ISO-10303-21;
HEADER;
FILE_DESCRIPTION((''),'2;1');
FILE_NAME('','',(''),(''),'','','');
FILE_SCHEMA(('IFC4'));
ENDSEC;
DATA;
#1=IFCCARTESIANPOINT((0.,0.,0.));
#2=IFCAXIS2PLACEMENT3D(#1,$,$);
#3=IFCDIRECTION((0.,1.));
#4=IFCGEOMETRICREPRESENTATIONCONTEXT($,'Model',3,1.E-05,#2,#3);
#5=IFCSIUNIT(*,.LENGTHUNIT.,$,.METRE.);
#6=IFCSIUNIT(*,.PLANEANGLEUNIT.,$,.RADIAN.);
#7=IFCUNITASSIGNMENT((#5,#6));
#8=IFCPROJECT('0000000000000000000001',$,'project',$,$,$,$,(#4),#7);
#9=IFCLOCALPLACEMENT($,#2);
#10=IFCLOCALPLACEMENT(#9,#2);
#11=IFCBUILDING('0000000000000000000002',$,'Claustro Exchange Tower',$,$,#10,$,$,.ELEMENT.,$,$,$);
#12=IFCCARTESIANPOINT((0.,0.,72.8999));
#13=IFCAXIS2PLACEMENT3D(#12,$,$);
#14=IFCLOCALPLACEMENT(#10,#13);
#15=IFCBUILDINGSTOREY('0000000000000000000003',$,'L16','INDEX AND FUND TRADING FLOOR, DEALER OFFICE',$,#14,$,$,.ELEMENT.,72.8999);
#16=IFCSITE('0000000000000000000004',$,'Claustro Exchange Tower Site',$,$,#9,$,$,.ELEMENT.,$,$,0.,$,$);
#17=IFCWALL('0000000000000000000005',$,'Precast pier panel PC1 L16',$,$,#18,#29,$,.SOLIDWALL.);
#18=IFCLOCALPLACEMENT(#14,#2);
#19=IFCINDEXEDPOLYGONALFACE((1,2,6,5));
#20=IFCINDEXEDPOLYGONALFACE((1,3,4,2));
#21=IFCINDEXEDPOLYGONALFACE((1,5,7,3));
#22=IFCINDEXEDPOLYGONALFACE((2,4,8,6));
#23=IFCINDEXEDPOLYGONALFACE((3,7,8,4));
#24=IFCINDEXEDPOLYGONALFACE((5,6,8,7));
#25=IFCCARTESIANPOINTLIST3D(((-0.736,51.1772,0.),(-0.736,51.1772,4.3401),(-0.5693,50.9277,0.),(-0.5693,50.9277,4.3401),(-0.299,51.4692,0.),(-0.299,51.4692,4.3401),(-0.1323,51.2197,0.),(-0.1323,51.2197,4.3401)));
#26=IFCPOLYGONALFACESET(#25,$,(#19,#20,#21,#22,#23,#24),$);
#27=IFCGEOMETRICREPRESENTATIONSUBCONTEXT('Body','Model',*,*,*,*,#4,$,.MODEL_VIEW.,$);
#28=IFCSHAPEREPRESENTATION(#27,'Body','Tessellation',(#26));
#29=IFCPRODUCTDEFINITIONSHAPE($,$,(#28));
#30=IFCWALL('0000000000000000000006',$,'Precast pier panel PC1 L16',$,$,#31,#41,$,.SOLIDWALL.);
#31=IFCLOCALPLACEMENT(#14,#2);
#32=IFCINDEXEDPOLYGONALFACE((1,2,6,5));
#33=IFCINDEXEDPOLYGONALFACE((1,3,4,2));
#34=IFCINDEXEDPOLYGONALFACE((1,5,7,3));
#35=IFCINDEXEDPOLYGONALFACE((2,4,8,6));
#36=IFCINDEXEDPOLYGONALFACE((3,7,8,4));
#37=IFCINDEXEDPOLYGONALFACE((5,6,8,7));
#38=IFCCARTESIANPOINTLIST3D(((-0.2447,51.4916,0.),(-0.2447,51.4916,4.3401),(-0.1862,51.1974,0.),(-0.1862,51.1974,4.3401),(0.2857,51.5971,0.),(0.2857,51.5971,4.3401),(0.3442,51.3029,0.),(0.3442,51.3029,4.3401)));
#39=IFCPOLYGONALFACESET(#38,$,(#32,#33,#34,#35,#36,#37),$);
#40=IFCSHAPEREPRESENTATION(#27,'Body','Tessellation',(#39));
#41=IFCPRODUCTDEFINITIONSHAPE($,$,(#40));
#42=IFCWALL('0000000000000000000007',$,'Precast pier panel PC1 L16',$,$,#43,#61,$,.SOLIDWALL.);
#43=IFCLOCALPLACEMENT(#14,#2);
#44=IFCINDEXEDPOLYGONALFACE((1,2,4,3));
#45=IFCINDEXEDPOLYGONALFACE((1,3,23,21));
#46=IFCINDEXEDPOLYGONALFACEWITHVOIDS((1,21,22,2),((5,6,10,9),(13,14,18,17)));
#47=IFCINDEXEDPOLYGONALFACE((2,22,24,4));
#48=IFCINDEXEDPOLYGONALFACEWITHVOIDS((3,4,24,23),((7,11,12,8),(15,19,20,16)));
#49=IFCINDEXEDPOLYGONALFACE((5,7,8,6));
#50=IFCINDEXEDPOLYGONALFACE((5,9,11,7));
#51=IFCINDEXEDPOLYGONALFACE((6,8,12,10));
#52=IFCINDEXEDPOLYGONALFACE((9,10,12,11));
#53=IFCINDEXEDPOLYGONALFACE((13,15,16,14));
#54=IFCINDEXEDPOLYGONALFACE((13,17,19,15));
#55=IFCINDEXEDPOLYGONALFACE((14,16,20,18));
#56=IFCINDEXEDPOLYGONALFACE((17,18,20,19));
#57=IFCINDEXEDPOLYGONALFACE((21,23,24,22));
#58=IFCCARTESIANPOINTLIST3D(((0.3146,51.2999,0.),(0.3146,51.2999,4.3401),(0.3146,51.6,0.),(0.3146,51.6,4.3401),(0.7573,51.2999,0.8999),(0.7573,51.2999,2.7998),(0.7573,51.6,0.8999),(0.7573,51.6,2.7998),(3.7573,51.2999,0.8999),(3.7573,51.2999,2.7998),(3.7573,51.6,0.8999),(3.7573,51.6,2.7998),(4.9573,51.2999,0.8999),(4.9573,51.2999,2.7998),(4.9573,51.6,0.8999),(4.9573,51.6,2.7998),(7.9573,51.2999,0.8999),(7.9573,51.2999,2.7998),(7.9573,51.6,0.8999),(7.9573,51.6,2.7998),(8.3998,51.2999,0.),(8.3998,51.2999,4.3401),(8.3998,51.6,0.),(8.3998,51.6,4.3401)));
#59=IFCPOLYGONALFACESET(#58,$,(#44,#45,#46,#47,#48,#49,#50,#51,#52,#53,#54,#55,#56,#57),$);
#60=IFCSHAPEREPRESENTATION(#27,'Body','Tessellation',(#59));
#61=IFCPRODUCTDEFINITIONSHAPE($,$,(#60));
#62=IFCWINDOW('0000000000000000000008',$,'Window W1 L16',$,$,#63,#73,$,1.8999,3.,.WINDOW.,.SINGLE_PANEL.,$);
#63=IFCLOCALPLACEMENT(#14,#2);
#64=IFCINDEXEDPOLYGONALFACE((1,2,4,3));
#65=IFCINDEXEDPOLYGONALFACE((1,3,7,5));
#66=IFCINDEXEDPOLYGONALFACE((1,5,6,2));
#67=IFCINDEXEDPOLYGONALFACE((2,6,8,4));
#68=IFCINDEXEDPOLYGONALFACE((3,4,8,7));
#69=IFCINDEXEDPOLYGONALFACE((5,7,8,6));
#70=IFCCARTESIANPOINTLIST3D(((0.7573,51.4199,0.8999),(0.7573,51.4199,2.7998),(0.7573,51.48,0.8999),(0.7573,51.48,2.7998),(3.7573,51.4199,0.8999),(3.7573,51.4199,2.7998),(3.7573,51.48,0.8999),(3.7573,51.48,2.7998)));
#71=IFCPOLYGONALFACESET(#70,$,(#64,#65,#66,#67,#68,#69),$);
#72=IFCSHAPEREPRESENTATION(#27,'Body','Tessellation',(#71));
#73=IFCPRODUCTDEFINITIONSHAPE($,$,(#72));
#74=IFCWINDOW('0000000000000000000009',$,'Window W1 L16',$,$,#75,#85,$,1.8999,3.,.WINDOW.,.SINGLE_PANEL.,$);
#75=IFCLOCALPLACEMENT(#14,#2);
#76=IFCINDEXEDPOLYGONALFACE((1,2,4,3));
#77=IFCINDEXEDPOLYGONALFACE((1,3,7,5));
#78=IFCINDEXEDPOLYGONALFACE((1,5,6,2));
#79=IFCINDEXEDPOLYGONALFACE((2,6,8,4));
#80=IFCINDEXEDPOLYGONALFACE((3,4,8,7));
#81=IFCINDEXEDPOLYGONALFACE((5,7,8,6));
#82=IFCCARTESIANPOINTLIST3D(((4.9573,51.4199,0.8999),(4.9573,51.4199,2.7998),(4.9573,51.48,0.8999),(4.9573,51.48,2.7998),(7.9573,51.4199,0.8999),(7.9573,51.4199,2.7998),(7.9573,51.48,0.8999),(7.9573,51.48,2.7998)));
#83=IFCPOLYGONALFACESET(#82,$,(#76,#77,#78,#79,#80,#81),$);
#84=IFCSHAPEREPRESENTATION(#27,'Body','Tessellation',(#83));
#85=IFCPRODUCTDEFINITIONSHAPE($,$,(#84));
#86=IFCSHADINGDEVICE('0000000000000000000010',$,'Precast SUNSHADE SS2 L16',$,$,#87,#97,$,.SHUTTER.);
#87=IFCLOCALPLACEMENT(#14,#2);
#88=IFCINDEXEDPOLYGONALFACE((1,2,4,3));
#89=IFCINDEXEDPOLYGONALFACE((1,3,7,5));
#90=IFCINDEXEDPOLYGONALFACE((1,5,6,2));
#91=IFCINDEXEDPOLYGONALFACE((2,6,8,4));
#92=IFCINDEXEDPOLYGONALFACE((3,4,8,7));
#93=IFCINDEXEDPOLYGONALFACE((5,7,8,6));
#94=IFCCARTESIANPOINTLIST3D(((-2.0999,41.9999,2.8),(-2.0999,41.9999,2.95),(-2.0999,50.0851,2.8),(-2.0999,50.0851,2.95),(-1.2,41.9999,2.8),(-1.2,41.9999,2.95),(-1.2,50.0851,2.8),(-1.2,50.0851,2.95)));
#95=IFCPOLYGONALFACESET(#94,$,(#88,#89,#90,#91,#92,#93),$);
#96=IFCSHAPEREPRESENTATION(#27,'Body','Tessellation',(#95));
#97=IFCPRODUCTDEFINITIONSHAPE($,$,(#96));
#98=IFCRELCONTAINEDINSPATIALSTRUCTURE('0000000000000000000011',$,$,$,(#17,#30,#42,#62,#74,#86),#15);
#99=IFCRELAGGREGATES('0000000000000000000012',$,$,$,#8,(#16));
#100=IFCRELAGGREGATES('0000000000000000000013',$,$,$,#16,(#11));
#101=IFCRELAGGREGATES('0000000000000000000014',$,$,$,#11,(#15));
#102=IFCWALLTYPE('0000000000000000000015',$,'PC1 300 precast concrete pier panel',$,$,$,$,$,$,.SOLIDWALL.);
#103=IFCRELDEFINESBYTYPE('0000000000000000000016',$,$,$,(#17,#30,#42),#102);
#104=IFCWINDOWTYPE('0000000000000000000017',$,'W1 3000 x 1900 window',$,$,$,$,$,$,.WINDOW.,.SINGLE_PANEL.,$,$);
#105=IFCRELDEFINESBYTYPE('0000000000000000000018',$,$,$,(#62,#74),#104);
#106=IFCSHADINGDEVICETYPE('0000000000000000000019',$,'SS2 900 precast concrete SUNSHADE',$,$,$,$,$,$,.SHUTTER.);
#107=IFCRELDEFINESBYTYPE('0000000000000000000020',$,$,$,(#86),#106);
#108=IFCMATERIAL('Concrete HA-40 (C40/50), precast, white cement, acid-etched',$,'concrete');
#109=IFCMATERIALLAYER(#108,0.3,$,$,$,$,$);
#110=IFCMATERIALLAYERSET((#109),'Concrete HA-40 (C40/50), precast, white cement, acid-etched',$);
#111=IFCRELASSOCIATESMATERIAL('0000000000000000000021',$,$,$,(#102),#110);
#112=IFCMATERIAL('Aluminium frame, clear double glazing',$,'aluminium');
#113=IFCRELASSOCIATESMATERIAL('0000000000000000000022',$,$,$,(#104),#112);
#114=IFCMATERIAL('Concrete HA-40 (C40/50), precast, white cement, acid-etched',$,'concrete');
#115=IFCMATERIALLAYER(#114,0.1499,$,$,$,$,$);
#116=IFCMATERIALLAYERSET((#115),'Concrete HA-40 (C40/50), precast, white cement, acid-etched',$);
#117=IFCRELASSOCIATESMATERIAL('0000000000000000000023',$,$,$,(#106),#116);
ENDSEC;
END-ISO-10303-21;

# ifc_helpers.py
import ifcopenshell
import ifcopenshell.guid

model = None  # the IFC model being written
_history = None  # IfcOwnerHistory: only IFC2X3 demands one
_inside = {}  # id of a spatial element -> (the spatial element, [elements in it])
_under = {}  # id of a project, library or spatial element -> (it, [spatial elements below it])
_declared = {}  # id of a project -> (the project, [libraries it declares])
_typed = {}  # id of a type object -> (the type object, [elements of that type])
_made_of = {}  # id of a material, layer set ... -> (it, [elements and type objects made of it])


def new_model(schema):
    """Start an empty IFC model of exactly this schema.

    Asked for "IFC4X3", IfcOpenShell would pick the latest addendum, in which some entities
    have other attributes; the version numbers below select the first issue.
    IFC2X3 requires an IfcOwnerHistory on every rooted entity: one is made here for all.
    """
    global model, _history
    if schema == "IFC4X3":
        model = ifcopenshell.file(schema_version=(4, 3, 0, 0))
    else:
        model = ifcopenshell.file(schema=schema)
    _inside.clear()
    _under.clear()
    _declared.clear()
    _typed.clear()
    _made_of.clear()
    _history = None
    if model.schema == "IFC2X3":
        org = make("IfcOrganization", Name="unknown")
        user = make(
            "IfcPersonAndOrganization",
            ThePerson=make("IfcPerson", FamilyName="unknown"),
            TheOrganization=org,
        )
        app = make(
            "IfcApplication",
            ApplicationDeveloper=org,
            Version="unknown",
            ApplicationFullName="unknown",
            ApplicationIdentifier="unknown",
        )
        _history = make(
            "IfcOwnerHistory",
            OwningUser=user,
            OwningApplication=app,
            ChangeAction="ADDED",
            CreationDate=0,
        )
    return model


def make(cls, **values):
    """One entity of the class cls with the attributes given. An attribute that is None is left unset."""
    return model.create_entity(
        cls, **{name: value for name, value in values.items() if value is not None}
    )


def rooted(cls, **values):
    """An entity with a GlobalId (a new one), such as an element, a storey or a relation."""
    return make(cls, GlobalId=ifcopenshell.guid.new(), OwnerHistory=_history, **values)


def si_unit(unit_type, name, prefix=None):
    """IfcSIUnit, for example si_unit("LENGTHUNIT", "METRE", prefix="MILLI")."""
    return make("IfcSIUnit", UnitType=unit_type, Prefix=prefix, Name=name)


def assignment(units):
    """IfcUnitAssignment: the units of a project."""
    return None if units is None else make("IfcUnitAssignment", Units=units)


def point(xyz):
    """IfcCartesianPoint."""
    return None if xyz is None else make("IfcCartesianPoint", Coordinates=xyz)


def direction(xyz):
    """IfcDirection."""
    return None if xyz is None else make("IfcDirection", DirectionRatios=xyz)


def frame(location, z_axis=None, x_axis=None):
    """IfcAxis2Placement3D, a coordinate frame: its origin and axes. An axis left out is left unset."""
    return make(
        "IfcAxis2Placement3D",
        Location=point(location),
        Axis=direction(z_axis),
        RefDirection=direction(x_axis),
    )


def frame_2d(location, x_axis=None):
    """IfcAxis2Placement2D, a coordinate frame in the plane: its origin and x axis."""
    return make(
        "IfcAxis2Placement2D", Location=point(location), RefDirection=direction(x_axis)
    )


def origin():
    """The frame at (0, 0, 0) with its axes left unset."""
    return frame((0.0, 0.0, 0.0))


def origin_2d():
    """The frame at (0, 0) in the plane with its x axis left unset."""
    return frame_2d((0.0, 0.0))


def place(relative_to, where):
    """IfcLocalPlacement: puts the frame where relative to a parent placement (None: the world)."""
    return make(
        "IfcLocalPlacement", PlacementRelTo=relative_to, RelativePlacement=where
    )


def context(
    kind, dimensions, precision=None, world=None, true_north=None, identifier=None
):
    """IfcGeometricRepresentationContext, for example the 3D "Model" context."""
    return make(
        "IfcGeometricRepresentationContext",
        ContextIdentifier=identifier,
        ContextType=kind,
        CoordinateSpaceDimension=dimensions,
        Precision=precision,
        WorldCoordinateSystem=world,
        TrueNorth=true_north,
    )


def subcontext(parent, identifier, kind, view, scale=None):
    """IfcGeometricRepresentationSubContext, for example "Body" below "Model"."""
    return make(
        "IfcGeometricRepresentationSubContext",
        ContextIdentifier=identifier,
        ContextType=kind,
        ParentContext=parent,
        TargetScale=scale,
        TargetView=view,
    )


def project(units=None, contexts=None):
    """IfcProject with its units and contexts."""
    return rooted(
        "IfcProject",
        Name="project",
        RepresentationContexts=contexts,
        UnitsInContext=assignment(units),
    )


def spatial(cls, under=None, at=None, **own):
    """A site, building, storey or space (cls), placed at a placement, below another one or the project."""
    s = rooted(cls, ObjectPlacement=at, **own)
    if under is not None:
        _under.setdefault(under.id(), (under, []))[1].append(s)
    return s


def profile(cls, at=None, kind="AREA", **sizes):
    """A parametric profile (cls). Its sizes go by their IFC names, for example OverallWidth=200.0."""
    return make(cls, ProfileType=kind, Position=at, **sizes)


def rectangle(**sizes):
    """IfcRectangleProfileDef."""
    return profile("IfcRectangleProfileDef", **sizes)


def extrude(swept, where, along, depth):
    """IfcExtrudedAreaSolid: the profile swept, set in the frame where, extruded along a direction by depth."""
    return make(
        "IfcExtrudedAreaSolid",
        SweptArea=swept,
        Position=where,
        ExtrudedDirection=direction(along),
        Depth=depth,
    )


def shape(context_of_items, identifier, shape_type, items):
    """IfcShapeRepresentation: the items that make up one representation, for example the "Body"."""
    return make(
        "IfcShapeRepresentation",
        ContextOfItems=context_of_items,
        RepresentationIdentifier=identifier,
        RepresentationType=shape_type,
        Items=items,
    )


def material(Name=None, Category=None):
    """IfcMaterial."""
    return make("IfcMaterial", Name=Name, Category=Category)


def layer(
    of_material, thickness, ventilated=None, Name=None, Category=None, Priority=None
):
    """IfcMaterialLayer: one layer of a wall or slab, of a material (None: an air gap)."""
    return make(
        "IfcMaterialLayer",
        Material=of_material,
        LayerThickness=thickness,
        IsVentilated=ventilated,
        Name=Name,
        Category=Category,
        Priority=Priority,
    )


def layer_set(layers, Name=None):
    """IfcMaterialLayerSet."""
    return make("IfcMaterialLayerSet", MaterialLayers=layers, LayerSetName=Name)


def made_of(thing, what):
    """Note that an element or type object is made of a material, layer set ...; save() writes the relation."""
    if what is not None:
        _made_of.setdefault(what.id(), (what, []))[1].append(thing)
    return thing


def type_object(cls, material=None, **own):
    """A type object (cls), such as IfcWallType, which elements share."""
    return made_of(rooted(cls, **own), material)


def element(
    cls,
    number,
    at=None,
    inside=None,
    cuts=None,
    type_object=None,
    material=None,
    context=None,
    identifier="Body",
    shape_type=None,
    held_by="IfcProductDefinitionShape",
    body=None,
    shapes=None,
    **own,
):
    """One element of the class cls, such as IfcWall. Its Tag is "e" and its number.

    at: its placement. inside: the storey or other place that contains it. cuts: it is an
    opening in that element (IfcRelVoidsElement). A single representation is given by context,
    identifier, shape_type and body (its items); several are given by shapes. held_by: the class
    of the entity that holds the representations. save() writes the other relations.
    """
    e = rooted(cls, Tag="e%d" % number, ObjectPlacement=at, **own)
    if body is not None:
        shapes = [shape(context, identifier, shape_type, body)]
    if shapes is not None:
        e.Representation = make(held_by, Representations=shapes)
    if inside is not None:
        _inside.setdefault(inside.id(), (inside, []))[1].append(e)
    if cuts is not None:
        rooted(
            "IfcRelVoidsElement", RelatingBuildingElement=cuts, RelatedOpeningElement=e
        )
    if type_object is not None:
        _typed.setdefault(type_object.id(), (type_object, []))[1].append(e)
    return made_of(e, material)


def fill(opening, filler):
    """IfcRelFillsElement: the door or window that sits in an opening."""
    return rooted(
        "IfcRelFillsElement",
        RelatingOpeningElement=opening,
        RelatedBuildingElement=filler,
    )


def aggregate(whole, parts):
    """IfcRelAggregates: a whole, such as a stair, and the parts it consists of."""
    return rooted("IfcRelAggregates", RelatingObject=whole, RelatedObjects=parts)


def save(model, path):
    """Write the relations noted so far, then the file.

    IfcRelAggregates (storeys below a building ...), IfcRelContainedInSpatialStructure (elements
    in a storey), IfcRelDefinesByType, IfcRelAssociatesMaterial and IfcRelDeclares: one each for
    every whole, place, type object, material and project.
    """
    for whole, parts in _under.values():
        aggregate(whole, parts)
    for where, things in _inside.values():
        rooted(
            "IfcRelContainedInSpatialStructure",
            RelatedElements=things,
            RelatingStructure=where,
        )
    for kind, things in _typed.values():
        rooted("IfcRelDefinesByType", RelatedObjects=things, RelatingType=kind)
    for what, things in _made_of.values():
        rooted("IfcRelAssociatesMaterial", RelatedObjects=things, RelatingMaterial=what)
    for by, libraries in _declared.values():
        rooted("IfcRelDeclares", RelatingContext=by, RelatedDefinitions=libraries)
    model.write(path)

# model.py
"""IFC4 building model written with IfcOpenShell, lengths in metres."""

from ifc_helpers import new_model, si_unit, direction, frame, frame_2d, origin, origin_2d, place, context, subcontext, project, spatial, rectangle, extrude, material, layer, layer_set, type_object, element, fill, save


model = new_model("IFC4")

# Units and contexts
model_context = context("Model", 3, precision=1e-05, world=origin(), true_north=direction((0.0, 1.0)))
body_context = subcontext(model_context, "Body", "Model", "MODEL_VIEW")
ifc_project = project(units=[si_unit("LENGTHUNIT", "METRE"), si_unit("PLANEANGLEUNIT", "RADIAN")], contexts=[model_context])

# Site, building, storey
site_placement = place(None, origin())
site = spatial("IfcSite", under=ifc_project, at=site_placement, Name="Claustro Exchange Tower Site", CompositionType="ELEMENT", RefElevation=0.0)
building_placement = place(site_placement, origin())
building = spatial("IfcBuilding", under=site, at=building_placement, Name="Claustro Exchange Tower", CompositionType="ELEMENT")
storey_placement = place(building_placement, frame((0.0, 0.0, 72.8999)))
storey = spatial("IfcBuildingStorey", under=building, at=storey_placement, Name="L16", Description="INDEX AND FUND TRADING FLOOR, DEALER OFFICE", CompositionType="ELEMENT", Elevation=72.8999)

# Walls
ifc_material_1 = material(Name="Concrete HA-40 (C40/50), precast, white cement, acid-etched", Category="concrete")
ifc_layer_1 = layer(ifc_material_1, 0.3)
ifc_layer_set_1 = layer_set([ifc_layer_1], Name="Concrete HA-40 (C40/50), precast, white cement, acid-etched")
wall_type_1 = type_object("IfcWallType", Name="PC1 300 precast concrete pier panel", PredefinedType="SOLIDWALL", material=ifc_layer_set_1)
for number, where, z_axis, x_axis, name in (
    (1, (-0.6526, 51.0525, 0.0), (0.0, 0.0, 1.0), (0.831478, 0.555557, 0.0), "Precast pier panel PC1 L16"),
):
    element("IfcWall", number, at=place(storey_placement, frame(where, z_axis=z_axis, x_axis=x_axis)), inside=storey, type_object=wall_type_1, Name=name, PredefinedType="SOLIDWALL", context=body_context, shape_type="SweptSolid", body=[
        extrude(rectangle(XDim=0.5256, YDim=0.3, at=frame_2d((0.2627, 0.0))), origin(), (0.0, 0.0, 1.0), 4.3401),
    ])
wall_1_placement = place(storey_placement, frame((-0.2156, 51.3445, 0.0), z_axis=(0.0, 0.0, 1.0), x_axis=(0.980789, 0.195074, 0.0)))
element("IfcWall", 2, at=wall_1_placement, inside=storey, type_object=wall_type_1, Name="Precast pier panel PC1 L16", PredefinedType="SOLIDWALL", context=body_context, shape_type="SweptSolid", body=[
    extrude(rectangle(XDim=0.5408, YDim=0.3, at=frame_2d((0.2705, 0.0))), origin(), (0.0, 0.0, 1.0), 4.3401),
])

# Wall, openings, windows
wall_2_placement = place(storey_placement, frame((0.3147, 51.45, 0.0), z_axis=(0.0, 0.0, 1.0), x_axis=(1.0, 0.0, 0.0)))
wall_2 = element("IfcWall", 3, at=wall_2_placement, inside=storey, type_object=wall_type_1, Name="Precast pier panel PC1 L16", PredefinedType="SOLIDWALL", context=body_context, shape_type="SweptSolid", body=[
    extrude(rectangle(XDim=8.0852, YDim=0.3, at=frame_2d((4.0425, 0.0))), origin(), (0.0, 0.0, 1.0), 4.3401),
])
opening_1_placement = place(wall_2_placement, frame((0.4426, 0.0, 0.8999)))
opening_1 = element("IfcOpeningElement", 4, at=opening_1_placement, cuts=wall_2, PredefinedType="OPENING", context=body_context, shape_type="SweptSolid", body=[
    extrude(rectangle(XDim=3.0, YDim=1.8999, at=frame_2d((1.5, 0.95))), frame((0.0, 0.1599, 0.0), z_axis=(0.0, -1.0, 0.0), x_axis=(1.0, 0.0, 0.0)), (0.0, 0.0, 1.0), 0.3201),
])
opening_2_placement = place(wall_2_placement, frame((4.6426, 0.0, 0.8999)))
opening_2 = element("IfcOpeningElement", 5, at=opening_2_placement, cuts=wall_2, PredefinedType="OPENING", context=body_context, shape_type="SweptSolid", body=[
    extrude(rectangle(XDim=3.0, YDim=1.8999, at=frame_2d((1.5, 0.95))), frame((0.0, 0.1599, 0.0), z_axis=(0.0, -1.0, 0.0), x_axis=(1.0, 0.0, 0.0)), (0.0, 0.0, 1.0), 0.3201),
])
ifc_material_2 = material(Name="Aluminium frame, clear double glazing", Category="aluminium")
window_type = type_object("IfcWindowType", Name="W1 3000 x 1900 window", PartitioningType="SINGLE_PANEL", PredefinedType="WINDOW", material=ifc_material_2)
window_1_placement = place(opening_1_placement, origin())
window_1 = element("IfcWindow", 6, at=window_1_placement, inside=storey, type_object=window_type, Name="Window W1 L16", OverallHeight=1.8999, OverallWidth=3.0, PartitioningType="SINGLE_PANEL", PredefinedType="WINDOW", context=body_context, shape_type="SweptSolid", body=[
    extrude(rectangle(XDim=3.0, YDim=1.8999, at=frame_2d((1.5, 0.95))), frame((0.0, 0.03, 0.0), z_axis=(0.0, -1.0, 0.0), x_axis=(1.0, 0.0, 0.0)), (0.0, 0.0, 1.0), 0.0601),
])
fill(opening_1, window_1)
window_2_placement = place(opening_2_placement, origin())
window_2 = element("IfcWindow", 7, at=window_2_placement, inside=storey, type_object=window_type, Name="Window W1 L16", OverallHeight=1.8999, OverallWidth=3.0, PartitioningType="SINGLE_PANEL", PredefinedType="WINDOW", context=body_context, shape_type="SweptSolid", body=[
    extrude(rectangle(XDim=3.0, YDim=1.8999, at=frame_2d((1.5, 0.95))), frame((0.0, 0.03, 0.0), z_axis=(0.0, -1.0, 0.0), x_axis=(1.0, 0.0, 0.0)), (0.0, 0.0, 1.0), 0.0601),
])
fill(opening_2, window_2)

# Shading device
ifc_material_3 = material(Name="Concrete HA-40 (C40/50), precast, white cement, acid-etched", Category="concrete")
ifc_layer_2 = layer(ifc_material_3, 0.1499)
ifc_layer_set_2 = layer_set([ifc_layer_2], Name="Concrete HA-40 (C40/50), precast, white cement, acid-etched")
shading_device_type = type_object("IfcShadingDeviceType", Name="SS2 900 precast concrete SUNSHADE", PredefinedType="SHUTTER", material=ifc_layer_set_2)
shading_device_placement = place(storey_placement, frame((-1.6499, 46.0425, 2.8), z_axis=(0.0, 0.0, 1.0), x_axis=(0.0, 1.0, 0.0)))
element("IfcShadingDevice", 8, at=shading_device_placement, inside=storey, type_object=shading_device_type, Name="Precast SUNSHADE SS2 L16", PredefinedType="SHUTTER", context=body_context, shape_type="SweptSolid", body=[
    extrude(rectangle(XDim=8.0852, YDim=0.8999, at=origin_2d()), origin(), (0.0, 0.0, 1.0), 0.1499),
])

save(model, "model.ifc")
